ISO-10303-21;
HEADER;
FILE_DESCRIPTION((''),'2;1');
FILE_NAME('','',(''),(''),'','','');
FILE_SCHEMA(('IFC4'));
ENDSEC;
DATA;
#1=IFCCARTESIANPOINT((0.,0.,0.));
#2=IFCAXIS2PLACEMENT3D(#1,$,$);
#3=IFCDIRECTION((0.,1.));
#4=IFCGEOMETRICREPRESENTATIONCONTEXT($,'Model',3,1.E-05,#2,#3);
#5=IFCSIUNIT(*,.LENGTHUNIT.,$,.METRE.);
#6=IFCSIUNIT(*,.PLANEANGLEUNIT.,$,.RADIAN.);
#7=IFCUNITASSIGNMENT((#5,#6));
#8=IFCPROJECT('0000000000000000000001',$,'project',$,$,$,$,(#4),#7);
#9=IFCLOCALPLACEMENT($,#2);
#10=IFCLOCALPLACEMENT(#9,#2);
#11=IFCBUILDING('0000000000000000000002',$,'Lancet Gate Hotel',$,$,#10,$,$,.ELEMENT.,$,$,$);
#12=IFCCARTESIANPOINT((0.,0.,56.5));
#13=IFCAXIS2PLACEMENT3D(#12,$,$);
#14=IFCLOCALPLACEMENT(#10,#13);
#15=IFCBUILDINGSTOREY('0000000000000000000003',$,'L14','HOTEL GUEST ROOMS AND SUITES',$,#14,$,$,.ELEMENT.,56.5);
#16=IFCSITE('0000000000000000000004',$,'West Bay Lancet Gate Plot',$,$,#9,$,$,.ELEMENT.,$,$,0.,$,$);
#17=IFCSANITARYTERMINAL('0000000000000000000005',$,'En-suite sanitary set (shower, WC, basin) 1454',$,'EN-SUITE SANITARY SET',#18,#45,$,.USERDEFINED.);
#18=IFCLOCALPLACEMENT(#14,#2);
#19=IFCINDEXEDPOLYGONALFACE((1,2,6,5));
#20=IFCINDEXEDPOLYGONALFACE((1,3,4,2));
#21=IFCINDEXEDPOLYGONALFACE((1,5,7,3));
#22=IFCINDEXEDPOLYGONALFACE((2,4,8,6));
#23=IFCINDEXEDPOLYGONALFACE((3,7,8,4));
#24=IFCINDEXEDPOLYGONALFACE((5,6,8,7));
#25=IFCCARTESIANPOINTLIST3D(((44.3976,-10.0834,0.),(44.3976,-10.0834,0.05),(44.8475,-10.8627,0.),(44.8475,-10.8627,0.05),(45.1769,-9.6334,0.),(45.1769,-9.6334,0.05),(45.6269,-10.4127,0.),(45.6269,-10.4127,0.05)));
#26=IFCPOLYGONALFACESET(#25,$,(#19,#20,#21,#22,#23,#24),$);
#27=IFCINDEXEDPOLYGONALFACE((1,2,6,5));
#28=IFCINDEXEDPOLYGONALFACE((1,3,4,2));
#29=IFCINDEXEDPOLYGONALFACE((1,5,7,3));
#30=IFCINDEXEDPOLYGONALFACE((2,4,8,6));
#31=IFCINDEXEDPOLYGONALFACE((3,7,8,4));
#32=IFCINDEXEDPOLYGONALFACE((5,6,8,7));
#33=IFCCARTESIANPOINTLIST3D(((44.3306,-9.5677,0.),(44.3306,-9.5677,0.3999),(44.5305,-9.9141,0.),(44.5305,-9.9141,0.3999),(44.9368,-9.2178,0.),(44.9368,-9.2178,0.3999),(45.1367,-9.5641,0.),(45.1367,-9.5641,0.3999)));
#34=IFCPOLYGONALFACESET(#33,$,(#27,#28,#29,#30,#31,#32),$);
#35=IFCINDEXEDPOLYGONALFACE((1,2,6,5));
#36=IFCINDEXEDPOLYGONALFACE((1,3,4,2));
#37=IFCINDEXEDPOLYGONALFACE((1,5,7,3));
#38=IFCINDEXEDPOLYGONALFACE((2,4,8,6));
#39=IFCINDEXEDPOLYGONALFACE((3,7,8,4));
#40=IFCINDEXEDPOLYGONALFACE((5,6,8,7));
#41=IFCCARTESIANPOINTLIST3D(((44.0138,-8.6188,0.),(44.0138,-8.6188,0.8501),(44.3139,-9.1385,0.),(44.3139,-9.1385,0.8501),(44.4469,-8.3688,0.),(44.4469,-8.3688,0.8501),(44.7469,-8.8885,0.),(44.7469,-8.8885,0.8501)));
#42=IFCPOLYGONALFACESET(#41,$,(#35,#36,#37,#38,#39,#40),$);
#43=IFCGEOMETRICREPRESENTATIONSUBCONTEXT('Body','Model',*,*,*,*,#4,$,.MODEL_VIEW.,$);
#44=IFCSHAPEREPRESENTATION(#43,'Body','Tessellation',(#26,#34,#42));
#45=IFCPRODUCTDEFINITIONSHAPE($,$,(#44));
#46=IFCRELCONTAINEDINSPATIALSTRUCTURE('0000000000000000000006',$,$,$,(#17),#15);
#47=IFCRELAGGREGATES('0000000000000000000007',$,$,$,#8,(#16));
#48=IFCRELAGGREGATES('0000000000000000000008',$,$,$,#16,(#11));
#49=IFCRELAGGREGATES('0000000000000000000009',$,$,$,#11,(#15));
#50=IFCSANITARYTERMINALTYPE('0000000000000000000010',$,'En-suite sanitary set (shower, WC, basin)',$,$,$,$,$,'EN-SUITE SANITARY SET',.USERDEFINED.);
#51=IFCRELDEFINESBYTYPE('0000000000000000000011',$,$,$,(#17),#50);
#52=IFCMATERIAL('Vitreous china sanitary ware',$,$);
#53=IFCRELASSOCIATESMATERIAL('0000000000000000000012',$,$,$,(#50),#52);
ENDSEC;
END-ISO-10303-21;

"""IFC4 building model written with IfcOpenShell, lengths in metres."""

from ifc_helpers import new_model, si_unit, direction, frame, origin, origin_2d, place, context, subcontext, project, spatial, rectangle, extrude, material, type_object, element, save


model = new_model("IFC4")

# Units and contexts
model_context = context("Model", 3, precision=1e-05, world=origin(), true_north=direction((0.0, 1.0)))
body_context = subcontext(model_context, "Body", "Model", "MODEL_VIEW")
ifc_project = project(units=[si_unit("LENGTHUNIT", "METRE"), si_unit("PLANEANGLEUNIT", "RADIAN")], contexts=[model_context])

# Site, building, storey
site_placement = place(None, origin())
site = spatial("IfcSite", under=ifc_project, at=site_placement, Name="West Bay Lancet Gate Plot", CompositionType="ELEMENT", RefElevation=0.0)
building_placement = place(site_placement, origin())
building = spatial("IfcBuilding", under=site, at=building_placement, Name="Lancet Gate Hotel", CompositionType="ELEMENT")
storey_placement = place(building_placement, frame((0.0, 0.0, 56.5)))
storey = spatial("IfcBuildingStorey", under=building, at=storey_placement, Name="L14", Description="HOTEL GUEST ROOMS AND SUITES", CompositionType="ELEMENT", Elevation=56.5)

# Sanitary terminal
ifc_material_1 = material(Name="Vitreous china sanitary ware")
sanitary_terminal_type = type_object("IfcSanitaryTerminalType", Name="En-suite sanitary set (shower, WC, basin)", ElementType="EN-SUITE SANITARY SET", PredefinedType="USERDEFINED", material=ifc_material_1)
sanitary_terminal_placement = place(storey_placement, frame((45.0122, -10.248, 0.0), z_axis=(0.0, 0.0, 1.0), x_axis=(1.0, 0.0, 0.0)))
element("IfcSanitaryTerminal", 1, at=sanitary_terminal_placement, inside=storey, type_object=sanitary_terminal_type, Name="En-suite sanitary set (shower, WC, basin) 1454", ObjectType="EN-SUITE SANITARY SET", PredefinedType="USERDEFINED", context=body_context, shape_type="SweptSolid", body=[
    extrude(rectangle(XDim=0.8999, YDim=0.8999, at=origin_2d()), frame((0.0, 0.0, 0.0), z_axis=(0.0, 0.0, 1.0), x_axis=(0.5, -0.866025, 0.0)), (0.0, 0.0, 1.0), 0.05),
    extrude(rectangle(XDim=0.3999, YDim=0.7, at=origin_2d()), frame((-0.2786, 0.6821, 0.0), z_axis=(0.0, 0.0, 1.0), x_axis=(0.5, -0.866025, 0.0)), (0.0, 0.0, 1.0), 0.3999),
    extrude(rectangle(XDim=0.6001, YDim=0.5, at=origin_2d()), frame((-0.6318, 1.4944, 0.0), z_axis=(0.0, 0.0, 1.0), x_axis=(0.5, -0.866025, 0.0)), (0.0, 0.0, 1.0), 0.8501),
])

save(model, "model.ifc")
